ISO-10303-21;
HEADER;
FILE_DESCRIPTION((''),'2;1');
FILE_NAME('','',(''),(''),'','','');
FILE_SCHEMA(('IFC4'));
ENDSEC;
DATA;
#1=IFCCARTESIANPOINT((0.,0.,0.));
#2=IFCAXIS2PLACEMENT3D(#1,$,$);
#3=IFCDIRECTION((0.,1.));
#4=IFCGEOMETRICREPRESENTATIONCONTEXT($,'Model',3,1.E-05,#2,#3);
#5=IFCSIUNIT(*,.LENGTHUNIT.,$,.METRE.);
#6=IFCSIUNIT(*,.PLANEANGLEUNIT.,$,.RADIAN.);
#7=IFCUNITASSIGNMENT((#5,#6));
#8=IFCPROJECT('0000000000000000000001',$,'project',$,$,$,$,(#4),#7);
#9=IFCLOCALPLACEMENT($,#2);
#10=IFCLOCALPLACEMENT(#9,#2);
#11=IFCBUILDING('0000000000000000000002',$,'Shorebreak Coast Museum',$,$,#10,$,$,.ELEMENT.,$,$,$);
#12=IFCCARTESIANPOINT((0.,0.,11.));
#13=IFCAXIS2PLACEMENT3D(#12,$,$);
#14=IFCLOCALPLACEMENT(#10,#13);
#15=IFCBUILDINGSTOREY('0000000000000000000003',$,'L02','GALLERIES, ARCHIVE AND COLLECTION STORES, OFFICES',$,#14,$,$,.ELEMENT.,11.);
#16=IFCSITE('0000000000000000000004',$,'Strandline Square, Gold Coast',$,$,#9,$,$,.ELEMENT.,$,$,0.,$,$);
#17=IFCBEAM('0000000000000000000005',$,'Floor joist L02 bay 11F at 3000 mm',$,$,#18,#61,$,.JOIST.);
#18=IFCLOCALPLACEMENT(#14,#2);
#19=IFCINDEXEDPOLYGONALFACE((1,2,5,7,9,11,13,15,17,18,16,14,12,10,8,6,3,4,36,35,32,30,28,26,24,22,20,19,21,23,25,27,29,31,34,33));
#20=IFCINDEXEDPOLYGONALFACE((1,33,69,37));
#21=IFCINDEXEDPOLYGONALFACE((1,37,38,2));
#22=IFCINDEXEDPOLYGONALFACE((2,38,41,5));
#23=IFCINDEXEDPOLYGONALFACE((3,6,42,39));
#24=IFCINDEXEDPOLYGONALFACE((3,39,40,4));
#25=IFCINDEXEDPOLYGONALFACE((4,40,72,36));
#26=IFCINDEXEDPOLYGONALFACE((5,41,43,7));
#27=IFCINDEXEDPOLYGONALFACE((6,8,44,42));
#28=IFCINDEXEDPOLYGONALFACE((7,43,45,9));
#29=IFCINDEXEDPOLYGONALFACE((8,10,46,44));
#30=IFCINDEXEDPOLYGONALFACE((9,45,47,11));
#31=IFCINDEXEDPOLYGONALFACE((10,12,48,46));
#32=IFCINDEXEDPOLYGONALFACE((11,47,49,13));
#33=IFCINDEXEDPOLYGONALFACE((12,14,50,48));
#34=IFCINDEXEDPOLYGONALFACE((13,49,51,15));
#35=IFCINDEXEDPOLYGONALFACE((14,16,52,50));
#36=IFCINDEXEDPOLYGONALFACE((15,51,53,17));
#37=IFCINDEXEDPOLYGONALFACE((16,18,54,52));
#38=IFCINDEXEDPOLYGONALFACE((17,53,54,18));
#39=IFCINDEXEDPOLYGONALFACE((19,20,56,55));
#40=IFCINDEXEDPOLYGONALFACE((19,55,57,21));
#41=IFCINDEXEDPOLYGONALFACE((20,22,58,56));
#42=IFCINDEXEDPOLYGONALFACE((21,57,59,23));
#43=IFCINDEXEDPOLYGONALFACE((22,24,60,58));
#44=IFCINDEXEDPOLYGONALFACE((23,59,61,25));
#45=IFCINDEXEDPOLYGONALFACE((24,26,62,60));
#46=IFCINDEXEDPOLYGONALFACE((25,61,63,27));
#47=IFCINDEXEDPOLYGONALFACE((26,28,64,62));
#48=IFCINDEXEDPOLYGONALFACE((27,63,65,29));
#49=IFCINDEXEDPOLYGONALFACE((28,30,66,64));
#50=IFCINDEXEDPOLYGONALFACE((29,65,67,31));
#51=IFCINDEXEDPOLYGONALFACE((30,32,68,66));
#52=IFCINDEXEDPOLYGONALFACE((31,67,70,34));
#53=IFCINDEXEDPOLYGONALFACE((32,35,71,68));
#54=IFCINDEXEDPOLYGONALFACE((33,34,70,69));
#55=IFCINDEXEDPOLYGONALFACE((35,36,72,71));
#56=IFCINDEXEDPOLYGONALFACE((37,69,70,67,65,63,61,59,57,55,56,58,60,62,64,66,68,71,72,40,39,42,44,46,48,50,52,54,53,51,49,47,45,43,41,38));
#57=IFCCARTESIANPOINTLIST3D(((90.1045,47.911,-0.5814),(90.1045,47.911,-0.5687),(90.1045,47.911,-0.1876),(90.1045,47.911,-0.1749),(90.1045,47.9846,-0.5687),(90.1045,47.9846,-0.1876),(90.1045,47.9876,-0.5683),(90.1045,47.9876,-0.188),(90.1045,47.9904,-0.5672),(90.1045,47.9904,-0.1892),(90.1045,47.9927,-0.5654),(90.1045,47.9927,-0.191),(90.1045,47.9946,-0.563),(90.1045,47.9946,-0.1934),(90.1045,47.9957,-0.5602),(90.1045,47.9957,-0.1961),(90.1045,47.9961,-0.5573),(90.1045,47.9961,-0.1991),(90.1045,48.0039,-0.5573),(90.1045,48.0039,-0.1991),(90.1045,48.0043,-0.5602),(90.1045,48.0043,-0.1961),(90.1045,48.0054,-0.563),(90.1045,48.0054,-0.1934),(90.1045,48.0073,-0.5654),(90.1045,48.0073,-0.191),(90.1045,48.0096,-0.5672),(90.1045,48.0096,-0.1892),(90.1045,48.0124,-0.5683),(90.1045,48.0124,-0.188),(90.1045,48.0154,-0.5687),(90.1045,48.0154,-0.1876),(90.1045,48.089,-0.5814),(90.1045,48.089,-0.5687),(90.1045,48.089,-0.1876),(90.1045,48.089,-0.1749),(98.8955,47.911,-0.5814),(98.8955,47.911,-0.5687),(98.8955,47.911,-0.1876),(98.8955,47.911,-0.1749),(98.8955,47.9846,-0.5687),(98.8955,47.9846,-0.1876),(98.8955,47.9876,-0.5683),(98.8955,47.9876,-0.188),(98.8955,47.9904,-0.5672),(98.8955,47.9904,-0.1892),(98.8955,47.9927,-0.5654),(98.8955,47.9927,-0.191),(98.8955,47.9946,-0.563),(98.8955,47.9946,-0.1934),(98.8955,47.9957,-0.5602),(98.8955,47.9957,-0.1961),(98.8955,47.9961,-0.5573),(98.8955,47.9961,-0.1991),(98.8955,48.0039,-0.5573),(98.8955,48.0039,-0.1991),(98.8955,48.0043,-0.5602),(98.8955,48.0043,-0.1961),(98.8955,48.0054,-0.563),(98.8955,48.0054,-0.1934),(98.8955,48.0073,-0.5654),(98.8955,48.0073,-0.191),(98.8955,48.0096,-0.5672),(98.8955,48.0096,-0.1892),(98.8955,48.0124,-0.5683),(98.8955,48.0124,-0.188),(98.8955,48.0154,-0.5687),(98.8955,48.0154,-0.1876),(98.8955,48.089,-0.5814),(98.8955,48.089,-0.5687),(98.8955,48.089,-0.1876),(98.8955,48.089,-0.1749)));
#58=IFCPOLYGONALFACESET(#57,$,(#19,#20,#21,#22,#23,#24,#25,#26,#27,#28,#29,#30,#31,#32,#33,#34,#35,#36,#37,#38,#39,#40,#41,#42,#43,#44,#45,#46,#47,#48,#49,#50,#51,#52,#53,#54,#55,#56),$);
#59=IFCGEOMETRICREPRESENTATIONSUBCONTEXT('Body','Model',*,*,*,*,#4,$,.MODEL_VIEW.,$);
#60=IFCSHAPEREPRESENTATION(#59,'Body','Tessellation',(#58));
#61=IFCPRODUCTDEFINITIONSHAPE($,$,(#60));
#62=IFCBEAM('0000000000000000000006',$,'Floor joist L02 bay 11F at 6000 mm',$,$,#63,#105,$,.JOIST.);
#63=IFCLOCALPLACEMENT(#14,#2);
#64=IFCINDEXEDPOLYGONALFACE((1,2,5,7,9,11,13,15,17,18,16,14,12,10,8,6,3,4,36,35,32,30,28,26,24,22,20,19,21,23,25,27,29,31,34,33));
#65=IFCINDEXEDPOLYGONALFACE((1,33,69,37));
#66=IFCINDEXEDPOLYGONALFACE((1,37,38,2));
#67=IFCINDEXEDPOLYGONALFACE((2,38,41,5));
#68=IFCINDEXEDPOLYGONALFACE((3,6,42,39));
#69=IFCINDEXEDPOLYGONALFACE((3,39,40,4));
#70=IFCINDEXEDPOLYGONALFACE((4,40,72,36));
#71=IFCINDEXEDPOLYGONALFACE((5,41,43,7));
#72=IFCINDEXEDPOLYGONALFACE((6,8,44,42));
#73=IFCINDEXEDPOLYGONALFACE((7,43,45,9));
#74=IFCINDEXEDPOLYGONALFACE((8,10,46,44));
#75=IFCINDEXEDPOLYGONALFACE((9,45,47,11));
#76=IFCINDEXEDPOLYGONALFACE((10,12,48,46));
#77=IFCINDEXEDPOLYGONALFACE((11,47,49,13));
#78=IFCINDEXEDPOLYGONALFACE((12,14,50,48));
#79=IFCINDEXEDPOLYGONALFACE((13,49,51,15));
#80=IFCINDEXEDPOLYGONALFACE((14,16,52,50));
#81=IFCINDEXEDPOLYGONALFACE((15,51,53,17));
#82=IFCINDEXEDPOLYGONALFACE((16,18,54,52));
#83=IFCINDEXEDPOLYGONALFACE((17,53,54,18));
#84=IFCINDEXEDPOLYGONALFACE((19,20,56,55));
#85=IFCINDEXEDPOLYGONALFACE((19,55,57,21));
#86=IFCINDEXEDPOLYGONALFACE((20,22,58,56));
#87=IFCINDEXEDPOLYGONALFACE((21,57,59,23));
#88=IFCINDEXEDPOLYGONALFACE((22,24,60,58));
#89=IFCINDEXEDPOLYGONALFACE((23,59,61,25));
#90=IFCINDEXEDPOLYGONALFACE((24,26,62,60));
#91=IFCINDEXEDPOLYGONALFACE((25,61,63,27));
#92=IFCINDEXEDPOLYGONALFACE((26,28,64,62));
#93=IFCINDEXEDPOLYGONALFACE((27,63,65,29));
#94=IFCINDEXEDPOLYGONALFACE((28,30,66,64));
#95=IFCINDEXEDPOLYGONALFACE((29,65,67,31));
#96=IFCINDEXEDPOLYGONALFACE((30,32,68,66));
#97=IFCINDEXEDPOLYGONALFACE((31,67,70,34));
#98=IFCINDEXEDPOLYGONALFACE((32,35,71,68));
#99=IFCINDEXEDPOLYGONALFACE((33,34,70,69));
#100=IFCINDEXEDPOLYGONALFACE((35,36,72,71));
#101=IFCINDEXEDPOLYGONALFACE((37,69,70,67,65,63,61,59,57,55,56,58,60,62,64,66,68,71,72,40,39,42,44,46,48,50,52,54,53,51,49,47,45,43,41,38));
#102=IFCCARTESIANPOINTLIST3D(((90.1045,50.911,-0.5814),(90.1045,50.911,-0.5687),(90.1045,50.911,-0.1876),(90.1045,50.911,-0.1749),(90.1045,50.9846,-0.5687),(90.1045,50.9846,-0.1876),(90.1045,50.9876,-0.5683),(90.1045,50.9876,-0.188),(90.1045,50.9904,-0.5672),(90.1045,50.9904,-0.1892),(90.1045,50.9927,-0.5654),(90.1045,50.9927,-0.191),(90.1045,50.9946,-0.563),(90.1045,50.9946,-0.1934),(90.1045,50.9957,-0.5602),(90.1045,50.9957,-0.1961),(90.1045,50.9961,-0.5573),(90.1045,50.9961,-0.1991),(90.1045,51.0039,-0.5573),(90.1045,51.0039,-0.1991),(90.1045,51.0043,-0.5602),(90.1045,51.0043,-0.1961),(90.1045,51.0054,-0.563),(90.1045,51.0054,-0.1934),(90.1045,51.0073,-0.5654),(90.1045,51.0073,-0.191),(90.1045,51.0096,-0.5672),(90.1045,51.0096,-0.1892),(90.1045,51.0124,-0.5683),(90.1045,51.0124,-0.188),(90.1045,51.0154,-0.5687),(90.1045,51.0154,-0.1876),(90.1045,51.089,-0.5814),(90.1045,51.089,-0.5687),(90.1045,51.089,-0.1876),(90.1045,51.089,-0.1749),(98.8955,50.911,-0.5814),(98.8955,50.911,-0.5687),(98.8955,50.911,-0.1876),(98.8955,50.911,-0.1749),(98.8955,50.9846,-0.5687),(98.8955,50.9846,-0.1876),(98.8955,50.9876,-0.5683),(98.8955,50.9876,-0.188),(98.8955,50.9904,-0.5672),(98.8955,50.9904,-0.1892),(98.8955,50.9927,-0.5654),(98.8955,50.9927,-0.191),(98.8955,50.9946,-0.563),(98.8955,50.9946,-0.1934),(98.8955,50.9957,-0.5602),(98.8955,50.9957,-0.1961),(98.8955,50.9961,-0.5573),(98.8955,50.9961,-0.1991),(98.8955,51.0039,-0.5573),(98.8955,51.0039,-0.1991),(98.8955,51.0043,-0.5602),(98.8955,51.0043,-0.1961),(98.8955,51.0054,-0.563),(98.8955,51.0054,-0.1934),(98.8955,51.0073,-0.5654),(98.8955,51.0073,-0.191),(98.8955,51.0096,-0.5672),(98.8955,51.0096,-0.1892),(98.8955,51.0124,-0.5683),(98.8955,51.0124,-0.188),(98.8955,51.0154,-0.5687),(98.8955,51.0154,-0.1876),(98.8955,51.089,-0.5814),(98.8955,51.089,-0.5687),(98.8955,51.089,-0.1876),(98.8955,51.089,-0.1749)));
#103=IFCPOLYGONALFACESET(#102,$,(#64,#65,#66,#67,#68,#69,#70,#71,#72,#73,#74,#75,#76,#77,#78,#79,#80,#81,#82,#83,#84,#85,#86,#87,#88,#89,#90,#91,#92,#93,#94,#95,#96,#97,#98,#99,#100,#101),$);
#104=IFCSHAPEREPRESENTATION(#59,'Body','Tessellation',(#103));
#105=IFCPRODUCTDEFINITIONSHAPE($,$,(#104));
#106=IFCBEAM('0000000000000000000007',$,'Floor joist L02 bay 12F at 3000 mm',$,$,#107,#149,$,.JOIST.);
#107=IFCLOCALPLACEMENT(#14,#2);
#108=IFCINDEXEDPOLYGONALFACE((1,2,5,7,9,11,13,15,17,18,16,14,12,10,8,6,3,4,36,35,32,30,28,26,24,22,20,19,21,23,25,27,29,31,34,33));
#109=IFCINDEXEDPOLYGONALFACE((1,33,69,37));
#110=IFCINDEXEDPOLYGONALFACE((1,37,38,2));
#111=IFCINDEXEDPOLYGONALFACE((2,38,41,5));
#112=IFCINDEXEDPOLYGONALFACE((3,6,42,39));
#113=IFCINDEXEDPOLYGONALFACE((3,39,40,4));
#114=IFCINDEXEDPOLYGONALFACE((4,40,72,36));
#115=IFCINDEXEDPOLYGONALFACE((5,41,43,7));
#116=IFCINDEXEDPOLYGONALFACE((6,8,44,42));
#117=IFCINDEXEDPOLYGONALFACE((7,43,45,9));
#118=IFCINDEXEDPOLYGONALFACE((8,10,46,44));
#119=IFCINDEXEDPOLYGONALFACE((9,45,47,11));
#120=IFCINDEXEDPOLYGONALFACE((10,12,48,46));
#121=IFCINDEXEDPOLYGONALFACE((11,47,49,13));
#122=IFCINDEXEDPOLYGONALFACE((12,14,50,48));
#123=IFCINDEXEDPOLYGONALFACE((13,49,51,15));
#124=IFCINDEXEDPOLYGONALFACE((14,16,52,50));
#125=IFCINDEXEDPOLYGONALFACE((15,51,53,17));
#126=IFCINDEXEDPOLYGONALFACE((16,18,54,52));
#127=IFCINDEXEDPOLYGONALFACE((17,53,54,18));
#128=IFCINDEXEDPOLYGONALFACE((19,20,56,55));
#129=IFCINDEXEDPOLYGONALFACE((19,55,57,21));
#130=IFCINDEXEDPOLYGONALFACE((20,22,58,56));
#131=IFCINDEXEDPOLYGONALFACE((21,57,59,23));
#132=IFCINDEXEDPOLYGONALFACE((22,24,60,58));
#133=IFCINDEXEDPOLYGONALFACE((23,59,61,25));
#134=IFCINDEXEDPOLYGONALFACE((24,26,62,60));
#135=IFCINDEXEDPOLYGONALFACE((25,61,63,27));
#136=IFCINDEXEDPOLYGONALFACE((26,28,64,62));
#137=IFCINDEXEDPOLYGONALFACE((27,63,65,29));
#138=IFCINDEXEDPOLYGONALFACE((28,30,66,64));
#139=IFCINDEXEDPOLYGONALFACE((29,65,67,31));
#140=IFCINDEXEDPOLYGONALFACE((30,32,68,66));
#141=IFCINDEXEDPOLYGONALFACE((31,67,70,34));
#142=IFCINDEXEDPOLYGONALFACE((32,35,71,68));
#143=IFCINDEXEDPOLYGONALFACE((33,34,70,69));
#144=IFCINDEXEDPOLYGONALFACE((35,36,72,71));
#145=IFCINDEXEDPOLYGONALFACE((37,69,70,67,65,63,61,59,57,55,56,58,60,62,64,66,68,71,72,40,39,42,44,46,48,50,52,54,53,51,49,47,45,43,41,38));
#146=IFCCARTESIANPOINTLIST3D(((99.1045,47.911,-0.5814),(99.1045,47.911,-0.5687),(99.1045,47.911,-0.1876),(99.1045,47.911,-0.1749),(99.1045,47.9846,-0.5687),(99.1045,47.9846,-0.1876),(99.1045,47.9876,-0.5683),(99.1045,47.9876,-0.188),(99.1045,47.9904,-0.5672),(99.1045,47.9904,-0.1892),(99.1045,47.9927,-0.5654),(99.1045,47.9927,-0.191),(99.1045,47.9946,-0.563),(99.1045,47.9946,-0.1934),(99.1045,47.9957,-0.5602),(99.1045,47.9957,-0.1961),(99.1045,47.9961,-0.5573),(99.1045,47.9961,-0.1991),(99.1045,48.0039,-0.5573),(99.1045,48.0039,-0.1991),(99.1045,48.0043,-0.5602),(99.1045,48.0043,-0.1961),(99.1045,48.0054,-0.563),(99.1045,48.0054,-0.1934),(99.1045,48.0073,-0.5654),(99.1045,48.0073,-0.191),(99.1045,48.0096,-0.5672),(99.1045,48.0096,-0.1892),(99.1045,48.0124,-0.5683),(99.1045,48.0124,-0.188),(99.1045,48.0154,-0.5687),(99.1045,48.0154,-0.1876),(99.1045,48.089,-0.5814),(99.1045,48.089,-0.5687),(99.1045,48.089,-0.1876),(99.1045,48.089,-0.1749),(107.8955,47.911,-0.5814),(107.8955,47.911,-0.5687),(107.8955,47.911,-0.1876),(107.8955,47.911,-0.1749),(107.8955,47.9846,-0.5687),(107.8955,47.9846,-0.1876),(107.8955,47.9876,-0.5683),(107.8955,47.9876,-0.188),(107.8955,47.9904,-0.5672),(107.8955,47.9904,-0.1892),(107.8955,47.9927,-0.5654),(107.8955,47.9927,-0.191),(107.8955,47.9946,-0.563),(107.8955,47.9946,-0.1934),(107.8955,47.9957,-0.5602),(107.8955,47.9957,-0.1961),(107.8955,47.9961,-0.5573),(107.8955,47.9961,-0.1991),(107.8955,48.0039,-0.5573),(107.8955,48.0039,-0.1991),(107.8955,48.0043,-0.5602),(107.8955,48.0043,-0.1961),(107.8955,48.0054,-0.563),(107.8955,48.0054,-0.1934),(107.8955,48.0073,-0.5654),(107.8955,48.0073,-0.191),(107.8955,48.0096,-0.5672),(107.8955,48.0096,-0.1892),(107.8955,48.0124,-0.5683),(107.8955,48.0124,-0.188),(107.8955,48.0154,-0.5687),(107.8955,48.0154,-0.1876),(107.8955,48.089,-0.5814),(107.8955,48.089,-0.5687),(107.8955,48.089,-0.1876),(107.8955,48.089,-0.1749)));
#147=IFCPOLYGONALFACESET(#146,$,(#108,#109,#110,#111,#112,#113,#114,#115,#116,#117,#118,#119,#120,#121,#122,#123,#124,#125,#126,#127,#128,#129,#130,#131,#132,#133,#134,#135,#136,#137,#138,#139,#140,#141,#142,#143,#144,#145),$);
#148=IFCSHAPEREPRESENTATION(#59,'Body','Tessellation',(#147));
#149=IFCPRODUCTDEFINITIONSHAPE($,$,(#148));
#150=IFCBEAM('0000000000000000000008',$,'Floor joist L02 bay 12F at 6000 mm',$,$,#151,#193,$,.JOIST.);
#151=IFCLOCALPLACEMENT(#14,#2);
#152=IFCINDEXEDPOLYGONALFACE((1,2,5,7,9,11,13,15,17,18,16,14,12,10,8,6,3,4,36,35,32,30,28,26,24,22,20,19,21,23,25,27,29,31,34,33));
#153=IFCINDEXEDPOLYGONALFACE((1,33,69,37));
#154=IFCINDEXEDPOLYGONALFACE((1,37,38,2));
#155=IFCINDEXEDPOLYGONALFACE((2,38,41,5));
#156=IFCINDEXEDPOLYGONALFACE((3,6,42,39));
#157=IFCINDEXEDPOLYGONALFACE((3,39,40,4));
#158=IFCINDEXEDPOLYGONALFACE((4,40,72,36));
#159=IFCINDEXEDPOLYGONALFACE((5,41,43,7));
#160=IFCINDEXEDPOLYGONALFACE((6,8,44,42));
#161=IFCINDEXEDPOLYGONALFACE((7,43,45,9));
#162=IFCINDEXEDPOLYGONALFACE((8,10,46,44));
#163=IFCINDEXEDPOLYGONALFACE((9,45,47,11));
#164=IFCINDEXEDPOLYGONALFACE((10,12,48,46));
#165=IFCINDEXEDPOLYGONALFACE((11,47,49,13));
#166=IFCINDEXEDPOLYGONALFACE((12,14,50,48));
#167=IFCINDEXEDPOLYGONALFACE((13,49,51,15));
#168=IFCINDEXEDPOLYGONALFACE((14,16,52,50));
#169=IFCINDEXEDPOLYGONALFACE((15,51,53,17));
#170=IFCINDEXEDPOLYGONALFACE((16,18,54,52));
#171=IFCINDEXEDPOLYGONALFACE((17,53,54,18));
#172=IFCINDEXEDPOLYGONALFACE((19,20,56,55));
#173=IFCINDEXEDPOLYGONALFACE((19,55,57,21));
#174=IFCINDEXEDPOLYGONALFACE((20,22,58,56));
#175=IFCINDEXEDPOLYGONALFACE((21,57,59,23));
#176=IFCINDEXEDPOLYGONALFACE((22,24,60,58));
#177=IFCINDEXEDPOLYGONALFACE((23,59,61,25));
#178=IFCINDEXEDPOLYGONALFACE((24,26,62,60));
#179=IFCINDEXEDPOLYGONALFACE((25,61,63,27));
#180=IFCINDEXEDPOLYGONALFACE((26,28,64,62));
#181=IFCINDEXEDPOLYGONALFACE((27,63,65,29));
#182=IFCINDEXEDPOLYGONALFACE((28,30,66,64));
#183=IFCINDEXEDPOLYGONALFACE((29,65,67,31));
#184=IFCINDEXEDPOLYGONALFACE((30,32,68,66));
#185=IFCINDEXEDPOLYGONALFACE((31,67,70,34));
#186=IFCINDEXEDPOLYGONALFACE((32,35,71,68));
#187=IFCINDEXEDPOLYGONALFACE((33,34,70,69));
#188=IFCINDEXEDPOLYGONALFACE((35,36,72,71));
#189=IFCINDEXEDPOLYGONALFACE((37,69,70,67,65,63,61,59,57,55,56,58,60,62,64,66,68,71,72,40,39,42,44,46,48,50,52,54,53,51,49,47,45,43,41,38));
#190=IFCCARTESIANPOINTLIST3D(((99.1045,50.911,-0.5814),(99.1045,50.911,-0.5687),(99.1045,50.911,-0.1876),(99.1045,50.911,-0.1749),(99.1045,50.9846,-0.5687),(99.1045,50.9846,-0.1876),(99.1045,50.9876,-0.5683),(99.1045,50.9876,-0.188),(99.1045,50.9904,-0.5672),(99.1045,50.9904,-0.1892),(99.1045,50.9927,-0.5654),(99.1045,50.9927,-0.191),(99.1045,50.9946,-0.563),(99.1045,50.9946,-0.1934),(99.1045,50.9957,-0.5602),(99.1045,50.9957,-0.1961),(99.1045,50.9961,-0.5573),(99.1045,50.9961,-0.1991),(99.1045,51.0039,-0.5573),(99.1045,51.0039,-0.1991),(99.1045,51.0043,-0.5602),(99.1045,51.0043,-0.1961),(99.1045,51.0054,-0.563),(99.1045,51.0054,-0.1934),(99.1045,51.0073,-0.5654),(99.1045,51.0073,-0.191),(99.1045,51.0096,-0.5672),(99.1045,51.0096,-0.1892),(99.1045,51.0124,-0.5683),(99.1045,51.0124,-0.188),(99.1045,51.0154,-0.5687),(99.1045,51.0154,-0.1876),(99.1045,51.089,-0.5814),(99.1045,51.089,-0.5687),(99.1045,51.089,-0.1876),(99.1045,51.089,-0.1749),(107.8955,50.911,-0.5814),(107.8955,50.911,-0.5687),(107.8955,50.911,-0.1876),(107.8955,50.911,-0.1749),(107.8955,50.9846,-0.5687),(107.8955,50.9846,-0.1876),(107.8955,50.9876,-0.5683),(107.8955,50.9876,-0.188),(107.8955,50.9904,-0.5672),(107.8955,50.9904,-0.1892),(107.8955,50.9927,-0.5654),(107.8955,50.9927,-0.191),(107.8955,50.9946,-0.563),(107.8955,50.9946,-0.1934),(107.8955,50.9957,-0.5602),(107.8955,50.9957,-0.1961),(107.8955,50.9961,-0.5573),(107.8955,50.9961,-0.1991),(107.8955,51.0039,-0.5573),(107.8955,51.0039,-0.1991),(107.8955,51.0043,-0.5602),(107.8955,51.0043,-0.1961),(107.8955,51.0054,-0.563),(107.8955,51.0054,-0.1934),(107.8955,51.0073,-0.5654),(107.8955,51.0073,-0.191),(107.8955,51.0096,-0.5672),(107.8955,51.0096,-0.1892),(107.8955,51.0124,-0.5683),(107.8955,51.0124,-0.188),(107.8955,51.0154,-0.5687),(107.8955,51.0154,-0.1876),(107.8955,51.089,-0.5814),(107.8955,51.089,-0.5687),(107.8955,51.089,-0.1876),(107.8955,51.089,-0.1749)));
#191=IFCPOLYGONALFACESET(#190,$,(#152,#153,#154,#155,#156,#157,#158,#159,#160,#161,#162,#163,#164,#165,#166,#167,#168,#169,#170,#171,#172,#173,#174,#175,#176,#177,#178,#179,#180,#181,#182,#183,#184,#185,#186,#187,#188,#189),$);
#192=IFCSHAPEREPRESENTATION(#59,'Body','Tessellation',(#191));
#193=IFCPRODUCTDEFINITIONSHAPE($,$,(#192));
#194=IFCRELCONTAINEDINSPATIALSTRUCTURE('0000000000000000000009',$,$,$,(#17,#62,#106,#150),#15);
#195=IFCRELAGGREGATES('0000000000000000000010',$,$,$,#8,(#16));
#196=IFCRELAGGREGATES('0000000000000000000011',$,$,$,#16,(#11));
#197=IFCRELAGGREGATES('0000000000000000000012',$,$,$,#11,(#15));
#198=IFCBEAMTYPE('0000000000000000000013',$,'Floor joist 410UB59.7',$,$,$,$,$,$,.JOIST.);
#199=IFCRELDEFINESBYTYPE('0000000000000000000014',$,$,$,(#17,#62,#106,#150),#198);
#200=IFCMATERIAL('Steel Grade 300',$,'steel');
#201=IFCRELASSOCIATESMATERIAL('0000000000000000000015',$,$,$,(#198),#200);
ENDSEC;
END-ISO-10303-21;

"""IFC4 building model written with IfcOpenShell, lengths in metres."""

from ifc_helpers import new_model, si_unit, direction, frame, origin, origin_2d, place, context, subcontext, project, spatial, i_section, extrude, material, material_profile, profile_set, type_object, element, save


model = new_model("IFC4")

# Units and contexts
model_context = context("Model", 3, precision=1e-05, world=origin(), true_north=direction((0.0, 1.0)))
body_context = subcontext(model_context, "Body", "Model", "MODEL_VIEW")
ifc_project = project(units=[si_unit("LENGTHUNIT", "METRE"), si_unit("PLANEANGLEUNIT", "RADIAN")], contexts=[model_context])

# Site, building, storey
site_placement = place(None, origin())
site = spatial("IfcSite", under=ifc_project, at=site_placement, Name="Strandline Square, Gold Coast", CompositionType="ELEMENT", RefElevation=0.0)
building_placement = place(site_placement, origin())
building = spatial("IfcBuilding", under=site, at=building_placement, Name="Shorebreak Coast Museum", CompositionType="ELEMENT")
storey_placement = place(building_placement, frame((0.0, 0.0, 11.0)))
storey = spatial("IfcBuildingStorey", under=building, at=storey_placement, Name="L02", Description="GALLERIES, ARCHIVE AND COLLECTION STORES, OFFICES", CompositionType="ELEMENT", Elevation=11.0)

# Beams
ifc_material_1 = material(Name="Steel Grade 300", Category="steel")
ifc_material_profile_1 = material_profile(ifc_material_1, i_section(OverallWidth=0.178, OverallDepth=0.4065, WebThickness=0.0078, FlangeThickness=0.0127, FilletRadius=0.0115, at=origin_2d()), Name="410UB59.7")
ifc_profile_set_1 = profile_set([ifc_material_profile_1], Name="Steel Grade 300")
beam_type_1 = type_object("IfcBeamType", Name="Floor joist 410UB59.7", PredefinedType="JOIST", material=ifc_profile_set_1)
for number, where, z_axis, x_axis, name in (
    (1, (90.1045, 48.0, -0.3782), (1.0, 0.0, 0.0), (0.0, 1.0, 0.0), "Floor joist L02 bay 11F at 3000 mm"),
    (2, (90.1045, 51.0, -0.3782), (1.0, 0.0, 0.0), (0.0, 1.0, 0.0), "Floor joist L02 bay 11F at 6000 mm"),
    (3, (99.1045, 48.0, -0.3782), (1.0, 0.0, 0.0), (0.0, 1.0, 0.0), "Floor joist L02 bay 12F at 3000 mm"),
    (4, (99.1045, 51.0, -0.3782), (1.0, 0.0, 0.0), (0.0, 1.0, 0.0), "Floor joist L02 bay 12F at 6000 mm"),
):
    element("IfcBeam", number, at=place(storey_placement, frame(where, z_axis=z_axis, x_axis=x_axis)), inside=storey, type_object=beam_type_1, Name=name, PredefinedType="JOIST", context=body_context, shape_type="SweptSolid", body=[
        extrude(i_section(OverallWidth=0.178, OverallDepth=0.4065, WebThickness=0.0078, FlangeThickness=0.0127, FilletRadius=0.0115, at=origin_2d()), origin(), (0.0, 0.0, 1.0), 8.791),
    ])

save(model, "model.ifc")
